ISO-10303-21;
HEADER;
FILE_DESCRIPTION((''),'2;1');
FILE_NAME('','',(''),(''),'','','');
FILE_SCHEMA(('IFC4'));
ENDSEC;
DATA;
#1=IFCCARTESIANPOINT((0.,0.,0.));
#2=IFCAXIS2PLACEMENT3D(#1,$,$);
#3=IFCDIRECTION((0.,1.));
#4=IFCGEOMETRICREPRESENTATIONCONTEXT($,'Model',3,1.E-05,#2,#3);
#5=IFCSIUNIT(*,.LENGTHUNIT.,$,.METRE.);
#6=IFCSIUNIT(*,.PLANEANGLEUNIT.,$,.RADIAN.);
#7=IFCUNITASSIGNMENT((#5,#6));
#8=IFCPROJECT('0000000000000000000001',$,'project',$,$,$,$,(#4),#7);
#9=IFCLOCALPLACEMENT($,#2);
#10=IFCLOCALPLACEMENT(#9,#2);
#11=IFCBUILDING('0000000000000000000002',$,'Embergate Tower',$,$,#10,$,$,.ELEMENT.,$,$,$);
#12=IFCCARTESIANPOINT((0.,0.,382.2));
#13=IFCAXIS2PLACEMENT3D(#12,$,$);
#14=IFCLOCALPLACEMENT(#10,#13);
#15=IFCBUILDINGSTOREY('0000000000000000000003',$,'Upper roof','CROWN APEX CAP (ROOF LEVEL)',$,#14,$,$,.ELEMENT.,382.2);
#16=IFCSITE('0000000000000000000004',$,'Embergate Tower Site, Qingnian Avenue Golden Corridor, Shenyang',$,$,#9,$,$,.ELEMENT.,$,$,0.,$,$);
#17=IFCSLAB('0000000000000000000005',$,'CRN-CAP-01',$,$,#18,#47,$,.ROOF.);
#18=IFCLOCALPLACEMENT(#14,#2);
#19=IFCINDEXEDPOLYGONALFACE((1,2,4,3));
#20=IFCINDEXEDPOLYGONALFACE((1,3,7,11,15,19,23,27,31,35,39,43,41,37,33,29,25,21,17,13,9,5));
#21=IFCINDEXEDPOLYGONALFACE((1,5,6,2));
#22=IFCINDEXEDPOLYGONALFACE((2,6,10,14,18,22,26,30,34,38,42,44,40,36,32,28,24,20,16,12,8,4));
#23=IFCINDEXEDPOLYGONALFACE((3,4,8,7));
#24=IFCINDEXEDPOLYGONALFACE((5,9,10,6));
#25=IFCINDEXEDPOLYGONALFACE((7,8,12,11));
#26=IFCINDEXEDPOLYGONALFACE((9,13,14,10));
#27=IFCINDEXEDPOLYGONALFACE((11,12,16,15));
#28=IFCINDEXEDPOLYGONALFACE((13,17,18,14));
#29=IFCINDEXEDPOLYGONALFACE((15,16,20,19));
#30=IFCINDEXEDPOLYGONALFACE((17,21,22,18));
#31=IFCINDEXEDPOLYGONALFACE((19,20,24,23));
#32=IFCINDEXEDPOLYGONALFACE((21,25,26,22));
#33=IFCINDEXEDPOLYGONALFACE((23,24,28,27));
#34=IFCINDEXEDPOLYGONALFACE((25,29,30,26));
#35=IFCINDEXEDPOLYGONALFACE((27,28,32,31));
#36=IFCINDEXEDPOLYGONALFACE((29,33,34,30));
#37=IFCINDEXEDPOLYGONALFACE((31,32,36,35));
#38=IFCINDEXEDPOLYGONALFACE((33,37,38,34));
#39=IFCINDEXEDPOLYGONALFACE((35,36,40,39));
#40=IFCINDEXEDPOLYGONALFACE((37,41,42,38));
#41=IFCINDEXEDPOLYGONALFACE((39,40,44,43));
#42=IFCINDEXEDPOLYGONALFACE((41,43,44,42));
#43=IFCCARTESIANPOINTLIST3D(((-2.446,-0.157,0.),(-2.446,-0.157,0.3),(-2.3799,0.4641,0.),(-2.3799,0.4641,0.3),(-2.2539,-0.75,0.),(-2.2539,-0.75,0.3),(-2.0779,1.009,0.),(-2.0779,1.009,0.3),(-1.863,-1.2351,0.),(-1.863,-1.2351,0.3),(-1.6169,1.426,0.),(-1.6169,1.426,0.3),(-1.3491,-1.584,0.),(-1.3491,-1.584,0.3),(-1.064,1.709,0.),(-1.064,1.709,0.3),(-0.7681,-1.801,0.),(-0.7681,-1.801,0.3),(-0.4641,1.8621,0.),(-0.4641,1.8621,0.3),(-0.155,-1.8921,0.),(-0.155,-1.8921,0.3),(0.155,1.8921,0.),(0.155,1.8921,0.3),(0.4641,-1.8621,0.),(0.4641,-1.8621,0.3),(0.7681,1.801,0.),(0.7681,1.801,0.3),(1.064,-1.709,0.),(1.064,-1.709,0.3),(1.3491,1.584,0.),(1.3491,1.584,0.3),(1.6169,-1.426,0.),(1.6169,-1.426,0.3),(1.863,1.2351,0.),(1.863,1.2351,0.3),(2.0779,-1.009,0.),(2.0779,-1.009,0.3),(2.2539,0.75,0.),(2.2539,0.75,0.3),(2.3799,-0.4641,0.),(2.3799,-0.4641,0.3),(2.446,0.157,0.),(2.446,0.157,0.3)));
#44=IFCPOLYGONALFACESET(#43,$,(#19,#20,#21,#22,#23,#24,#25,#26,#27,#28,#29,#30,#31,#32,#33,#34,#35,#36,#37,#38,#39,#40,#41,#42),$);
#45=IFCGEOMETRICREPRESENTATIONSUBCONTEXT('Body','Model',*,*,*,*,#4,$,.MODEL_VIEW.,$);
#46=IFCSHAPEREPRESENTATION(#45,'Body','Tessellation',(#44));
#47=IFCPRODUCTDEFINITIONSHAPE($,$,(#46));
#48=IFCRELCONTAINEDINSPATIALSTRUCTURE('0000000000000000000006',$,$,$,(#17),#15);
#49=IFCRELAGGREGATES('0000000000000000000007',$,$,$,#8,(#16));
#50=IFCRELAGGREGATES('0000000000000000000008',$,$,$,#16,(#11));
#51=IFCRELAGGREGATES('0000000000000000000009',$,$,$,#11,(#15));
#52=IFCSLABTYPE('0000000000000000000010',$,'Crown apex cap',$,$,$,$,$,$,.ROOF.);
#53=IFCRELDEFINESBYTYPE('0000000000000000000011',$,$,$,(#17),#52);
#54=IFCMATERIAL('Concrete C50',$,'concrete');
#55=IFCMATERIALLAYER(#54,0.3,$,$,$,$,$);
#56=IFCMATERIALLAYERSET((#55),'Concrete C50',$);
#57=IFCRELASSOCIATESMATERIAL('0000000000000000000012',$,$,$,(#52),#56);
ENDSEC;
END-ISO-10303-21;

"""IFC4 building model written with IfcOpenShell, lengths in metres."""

from ifc_helpers import new_model, si_unit, direction, frame, origin, place, context, subcontext, project, spatial, polyline, outline, extrude, source, transform, mapped, material, layer, layer_set, type_object, element, save


model = new_model("IFC4")

# Units and contexts
model_context = context("Model", 3, precision=1e-05, world=origin(), true_north=direction((0.0, 1.0)))
body_context = subcontext(model_context, "Body", "Model", "MODEL_VIEW")
ifc_project = project(units=[si_unit("LENGTHUNIT", "METRE"), si_unit("PLANEANGLEUNIT", "RADIAN")], contexts=[model_context])

# Site, building, storey
site_placement = place(None, origin())
site = spatial("IfcSite", under=ifc_project, at=site_placement, Name="Embergate Tower Site, Qingnian Avenue Golden Corridor, Shenyang", CompositionType="ELEMENT", RefElevation=0.0)
building_placement = place(site_placement, origin())
building = spatial("IfcBuilding", under=site, at=building_placement, Name="Embergate Tower", CompositionType="ELEMENT")
storey_placement = place(building_placement, frame((0.0, 0.0, 382.2)))
storey = spatial("IfcBuildingStorey", under=building, at=storey_placement, Name="Upper roof", Description="CROWN APEX CAP (ROOF LEVEL)", CompositionType="ELEMENT", Elevation=382.2)

# Slab
ifc_material = material(Name="Concrete C50", Category="concrete")
ifc_layer = layer(ifc_material, 0.3)
ifc_layer_set = layer_set([ifc_layer], Name="Concrete C50")
slab_type = type_object("IfcSlabType", Name="Crown apex cap", PredefinedType="ROOF", material=ifc_layer_set)
shared_shape = source(origin(), body_context, "Body", "SweptSolid", [
    extrude(outline(polyline([(0.0, 0.0), (0.6191, 0.03), (1.219, 0.1831), (1.772, 0.4661), (2.2329, 0.8831), (2.5349, 1.428), (2.6011, 2.0491), (2.4089, 2.6421), (2.0181, 3.1272), (1.5042, 3.4761), (0.9231, 3.6931), (0.3101, 3.7842), (-0.3091, 3.7542), (-0.9089, 3.6011), (-1.4619, 3.3181), (-1.9229, 2.9011), (-2.2249, 2.3562), (-2.291, 1.7351), (-2.0989, 1.1421), (-1.708, 0.657), (-1.1941, 0.3081), (-0.613, 0.0911), (0.0, 0.0)])), origin(), (0.0, 0.0, 1.0), 0.3),
])
slab_placement = place(storey_placement, frame((-0.155, -1.8921, 0.0)))
element("IfcSlab", 1, at=slab_placement, inside=storey, type_object=slab_type, Name="CRN-CAP-01", PredefinedType="ROOF", context=body_context, shape_type="MappedRepresentation", body=[
    mapped(shared_shape, transform((0.0, 0.0, 0.0))),
])

save(model, "model.ifc")
